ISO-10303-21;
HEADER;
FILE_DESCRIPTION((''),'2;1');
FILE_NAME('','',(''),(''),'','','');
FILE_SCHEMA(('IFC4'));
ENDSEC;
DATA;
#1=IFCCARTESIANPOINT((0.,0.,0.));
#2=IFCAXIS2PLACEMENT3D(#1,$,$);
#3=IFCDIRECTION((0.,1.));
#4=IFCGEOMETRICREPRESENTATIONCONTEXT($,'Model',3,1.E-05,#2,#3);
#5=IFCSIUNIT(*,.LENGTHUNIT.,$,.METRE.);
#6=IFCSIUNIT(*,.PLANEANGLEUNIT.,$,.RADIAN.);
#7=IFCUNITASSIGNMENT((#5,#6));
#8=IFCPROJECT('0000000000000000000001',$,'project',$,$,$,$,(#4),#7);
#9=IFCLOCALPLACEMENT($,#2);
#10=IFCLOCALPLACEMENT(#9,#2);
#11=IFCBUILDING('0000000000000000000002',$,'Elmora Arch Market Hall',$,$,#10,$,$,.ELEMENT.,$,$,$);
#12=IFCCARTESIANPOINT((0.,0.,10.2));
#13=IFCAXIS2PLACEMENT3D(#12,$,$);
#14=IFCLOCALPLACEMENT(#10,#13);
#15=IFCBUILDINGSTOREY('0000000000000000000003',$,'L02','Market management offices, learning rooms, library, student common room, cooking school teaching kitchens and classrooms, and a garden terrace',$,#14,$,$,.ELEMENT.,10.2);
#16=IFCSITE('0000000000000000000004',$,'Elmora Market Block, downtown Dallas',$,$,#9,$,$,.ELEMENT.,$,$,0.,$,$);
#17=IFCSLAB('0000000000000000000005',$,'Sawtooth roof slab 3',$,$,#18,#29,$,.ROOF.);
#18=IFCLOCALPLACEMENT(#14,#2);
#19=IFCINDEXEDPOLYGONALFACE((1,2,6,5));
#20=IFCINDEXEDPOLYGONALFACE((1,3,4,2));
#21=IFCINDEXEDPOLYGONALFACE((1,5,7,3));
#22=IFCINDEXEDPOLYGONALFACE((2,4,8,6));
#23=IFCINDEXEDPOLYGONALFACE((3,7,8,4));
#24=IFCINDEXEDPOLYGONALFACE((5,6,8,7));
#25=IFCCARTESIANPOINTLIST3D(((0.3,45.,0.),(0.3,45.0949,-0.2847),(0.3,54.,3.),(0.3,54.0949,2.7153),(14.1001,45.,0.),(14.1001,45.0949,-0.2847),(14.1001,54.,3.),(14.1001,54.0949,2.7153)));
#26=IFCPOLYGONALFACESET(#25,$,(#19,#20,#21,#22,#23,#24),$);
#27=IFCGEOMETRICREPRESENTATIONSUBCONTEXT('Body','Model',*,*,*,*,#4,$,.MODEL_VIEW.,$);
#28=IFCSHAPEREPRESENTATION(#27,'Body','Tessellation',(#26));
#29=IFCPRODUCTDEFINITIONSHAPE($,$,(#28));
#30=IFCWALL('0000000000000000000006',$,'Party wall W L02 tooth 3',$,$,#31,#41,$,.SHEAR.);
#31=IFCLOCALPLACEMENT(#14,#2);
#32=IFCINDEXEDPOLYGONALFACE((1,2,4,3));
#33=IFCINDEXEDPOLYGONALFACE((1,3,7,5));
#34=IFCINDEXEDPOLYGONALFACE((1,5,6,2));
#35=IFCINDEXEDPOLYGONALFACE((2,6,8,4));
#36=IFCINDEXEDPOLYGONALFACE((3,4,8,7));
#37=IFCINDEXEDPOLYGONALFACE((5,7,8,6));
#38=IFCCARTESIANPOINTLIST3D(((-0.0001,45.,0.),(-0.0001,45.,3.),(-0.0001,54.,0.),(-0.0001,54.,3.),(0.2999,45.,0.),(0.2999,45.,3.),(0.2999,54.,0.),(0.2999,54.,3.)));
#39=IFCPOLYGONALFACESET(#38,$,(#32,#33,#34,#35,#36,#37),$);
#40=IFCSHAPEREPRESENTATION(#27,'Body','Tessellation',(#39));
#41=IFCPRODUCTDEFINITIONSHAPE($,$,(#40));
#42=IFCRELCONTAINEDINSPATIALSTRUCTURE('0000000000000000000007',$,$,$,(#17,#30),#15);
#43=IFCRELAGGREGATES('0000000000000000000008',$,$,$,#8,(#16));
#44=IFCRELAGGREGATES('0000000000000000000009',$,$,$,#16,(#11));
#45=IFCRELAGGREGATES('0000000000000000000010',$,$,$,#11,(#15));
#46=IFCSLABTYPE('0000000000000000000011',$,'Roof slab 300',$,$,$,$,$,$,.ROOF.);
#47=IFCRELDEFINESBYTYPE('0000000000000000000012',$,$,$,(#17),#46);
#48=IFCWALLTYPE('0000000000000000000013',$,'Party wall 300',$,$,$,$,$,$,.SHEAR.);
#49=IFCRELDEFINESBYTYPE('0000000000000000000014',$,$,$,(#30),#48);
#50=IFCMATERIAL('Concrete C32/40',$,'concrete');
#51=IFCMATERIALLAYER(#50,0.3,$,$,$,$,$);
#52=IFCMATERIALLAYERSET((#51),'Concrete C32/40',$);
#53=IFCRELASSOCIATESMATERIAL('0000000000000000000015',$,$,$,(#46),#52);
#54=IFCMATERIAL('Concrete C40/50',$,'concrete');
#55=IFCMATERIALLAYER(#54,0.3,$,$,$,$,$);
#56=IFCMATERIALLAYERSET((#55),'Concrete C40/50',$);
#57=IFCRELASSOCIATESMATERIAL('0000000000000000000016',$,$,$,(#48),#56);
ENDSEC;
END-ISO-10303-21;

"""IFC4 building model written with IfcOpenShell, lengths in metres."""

from ifc_helpers import new_model, si_unit, direction, frame, frame_2d, origin, place, context, subcontext, project, spatial, polyline, rectangle, outline, extrude, material, layer, layer_set, type_object, element, save


model = new_model("IFC4")

# Units and contexts
model_context = context("Model", 3, precision=1e-05, world=origin(), true_north=direction((0.0, 1.0)))
body_context = subcontext(model_context, "Body", "Model", "MODEL_VIEW")
ifc_project = project(units=[si_unit("LENGTHUNIT", "METRE"), si_unit("PLANEANGLEUNIT", "RADIAN")], contexts=[model_context])

# Site, building, storey
site_placement = place(None, origin())
site = spatial("IfcSite", under=ifc_project, at=site_placement, Name="Elmora Market Block, downtown Dallas", CompositionType="ELEMENT", RefElevation=0.0)
building_placement = place(site_placement, origin())
building = spatial("IfcBuilding", under=site, at=building_placement, Name="Elmora Arch Market Hall", CompositionType="ELEMENT")
storey_placement = place(building_placement, frame((0.0, 0.0, 10.2)))
storey = spatial("IfcBuildingStorey", under=building, at=storey_placement, Name="L02", Description="Market management offices, learning rooms, library, student common room, cooking school teaching kitchens and classrooms, and a garden terrace", CompositionType="ELEMENT", Elevation=10.2)

# Slab
ifc_material_1 = material(Name="Concrete C32/40", Category="concrete")
ifc_layer_1 = layer(ifc_material_1, 0.3)
ifc_layer_set_1 = layer_set([ifc_layer_1], Name="Concrete C32/40")
slab_type = type_object("IfcSlabType", Name="Roof slab 300", PredefinedType="ROOF", material=ifc_layer_set_1)
slab_placement = place(storey_placement, frame((0.3, 45.0, 0.0), z_axis=(0.0, -0.316228, 0.948683), x_axis=(1.0, 0.0, 0.0)))
element("IfcSlab", 1, at=slab_placement, inside=storey, type_object=slab_type, Name="Sawtooth roof slab 3", PredefinedType="ROOF", context=body_context, shape_type="SweptSolid", body=[
    extrude(outline(polyline([(0.0, 0.0), (13.8, 0.0), (13.8, 9.4868), (0.0, 9.4868), (0.0, 0.0)])), origin(), (0.0, 0.0, -1.0), 0.3),
])

# Wall
ifc_material_2 = material(Name="Concrete C40/50", Category="concrete")
ifc_layer_2 = layer(ifc_material_2, 0.3)
ifc_layer_set_2 = layer_set([ifc_layer_2], Name="Concrete C40/50")
wall_type = type_object("IfcWallType", Name="Party wall 300", PredefinedType="SHEAR", material=ifc_layer_set_2)
wall_placement = place(storey_placement, frame((0.1499, 45.0, 0.0), z_axis=(0.0, 0.0, 1.0), x_axis=(0.0, 1.0, 0.0)))
element("IfcWall", 2, at=wall_placement, inside=storey, type_object=wall_type, Name="Party wall W L02 tooth 3", PredefinedType="SHEAR", context=body_context, shape_type="SweptSolid", body=[
    extrude(rectangle(XDim=9.0, YDim=0.3, at=frame_2d((4.5, 0.0))), origin(), (0.0, 0.0, 1.0), 3.0),
])

save(model, "model.ifc")
